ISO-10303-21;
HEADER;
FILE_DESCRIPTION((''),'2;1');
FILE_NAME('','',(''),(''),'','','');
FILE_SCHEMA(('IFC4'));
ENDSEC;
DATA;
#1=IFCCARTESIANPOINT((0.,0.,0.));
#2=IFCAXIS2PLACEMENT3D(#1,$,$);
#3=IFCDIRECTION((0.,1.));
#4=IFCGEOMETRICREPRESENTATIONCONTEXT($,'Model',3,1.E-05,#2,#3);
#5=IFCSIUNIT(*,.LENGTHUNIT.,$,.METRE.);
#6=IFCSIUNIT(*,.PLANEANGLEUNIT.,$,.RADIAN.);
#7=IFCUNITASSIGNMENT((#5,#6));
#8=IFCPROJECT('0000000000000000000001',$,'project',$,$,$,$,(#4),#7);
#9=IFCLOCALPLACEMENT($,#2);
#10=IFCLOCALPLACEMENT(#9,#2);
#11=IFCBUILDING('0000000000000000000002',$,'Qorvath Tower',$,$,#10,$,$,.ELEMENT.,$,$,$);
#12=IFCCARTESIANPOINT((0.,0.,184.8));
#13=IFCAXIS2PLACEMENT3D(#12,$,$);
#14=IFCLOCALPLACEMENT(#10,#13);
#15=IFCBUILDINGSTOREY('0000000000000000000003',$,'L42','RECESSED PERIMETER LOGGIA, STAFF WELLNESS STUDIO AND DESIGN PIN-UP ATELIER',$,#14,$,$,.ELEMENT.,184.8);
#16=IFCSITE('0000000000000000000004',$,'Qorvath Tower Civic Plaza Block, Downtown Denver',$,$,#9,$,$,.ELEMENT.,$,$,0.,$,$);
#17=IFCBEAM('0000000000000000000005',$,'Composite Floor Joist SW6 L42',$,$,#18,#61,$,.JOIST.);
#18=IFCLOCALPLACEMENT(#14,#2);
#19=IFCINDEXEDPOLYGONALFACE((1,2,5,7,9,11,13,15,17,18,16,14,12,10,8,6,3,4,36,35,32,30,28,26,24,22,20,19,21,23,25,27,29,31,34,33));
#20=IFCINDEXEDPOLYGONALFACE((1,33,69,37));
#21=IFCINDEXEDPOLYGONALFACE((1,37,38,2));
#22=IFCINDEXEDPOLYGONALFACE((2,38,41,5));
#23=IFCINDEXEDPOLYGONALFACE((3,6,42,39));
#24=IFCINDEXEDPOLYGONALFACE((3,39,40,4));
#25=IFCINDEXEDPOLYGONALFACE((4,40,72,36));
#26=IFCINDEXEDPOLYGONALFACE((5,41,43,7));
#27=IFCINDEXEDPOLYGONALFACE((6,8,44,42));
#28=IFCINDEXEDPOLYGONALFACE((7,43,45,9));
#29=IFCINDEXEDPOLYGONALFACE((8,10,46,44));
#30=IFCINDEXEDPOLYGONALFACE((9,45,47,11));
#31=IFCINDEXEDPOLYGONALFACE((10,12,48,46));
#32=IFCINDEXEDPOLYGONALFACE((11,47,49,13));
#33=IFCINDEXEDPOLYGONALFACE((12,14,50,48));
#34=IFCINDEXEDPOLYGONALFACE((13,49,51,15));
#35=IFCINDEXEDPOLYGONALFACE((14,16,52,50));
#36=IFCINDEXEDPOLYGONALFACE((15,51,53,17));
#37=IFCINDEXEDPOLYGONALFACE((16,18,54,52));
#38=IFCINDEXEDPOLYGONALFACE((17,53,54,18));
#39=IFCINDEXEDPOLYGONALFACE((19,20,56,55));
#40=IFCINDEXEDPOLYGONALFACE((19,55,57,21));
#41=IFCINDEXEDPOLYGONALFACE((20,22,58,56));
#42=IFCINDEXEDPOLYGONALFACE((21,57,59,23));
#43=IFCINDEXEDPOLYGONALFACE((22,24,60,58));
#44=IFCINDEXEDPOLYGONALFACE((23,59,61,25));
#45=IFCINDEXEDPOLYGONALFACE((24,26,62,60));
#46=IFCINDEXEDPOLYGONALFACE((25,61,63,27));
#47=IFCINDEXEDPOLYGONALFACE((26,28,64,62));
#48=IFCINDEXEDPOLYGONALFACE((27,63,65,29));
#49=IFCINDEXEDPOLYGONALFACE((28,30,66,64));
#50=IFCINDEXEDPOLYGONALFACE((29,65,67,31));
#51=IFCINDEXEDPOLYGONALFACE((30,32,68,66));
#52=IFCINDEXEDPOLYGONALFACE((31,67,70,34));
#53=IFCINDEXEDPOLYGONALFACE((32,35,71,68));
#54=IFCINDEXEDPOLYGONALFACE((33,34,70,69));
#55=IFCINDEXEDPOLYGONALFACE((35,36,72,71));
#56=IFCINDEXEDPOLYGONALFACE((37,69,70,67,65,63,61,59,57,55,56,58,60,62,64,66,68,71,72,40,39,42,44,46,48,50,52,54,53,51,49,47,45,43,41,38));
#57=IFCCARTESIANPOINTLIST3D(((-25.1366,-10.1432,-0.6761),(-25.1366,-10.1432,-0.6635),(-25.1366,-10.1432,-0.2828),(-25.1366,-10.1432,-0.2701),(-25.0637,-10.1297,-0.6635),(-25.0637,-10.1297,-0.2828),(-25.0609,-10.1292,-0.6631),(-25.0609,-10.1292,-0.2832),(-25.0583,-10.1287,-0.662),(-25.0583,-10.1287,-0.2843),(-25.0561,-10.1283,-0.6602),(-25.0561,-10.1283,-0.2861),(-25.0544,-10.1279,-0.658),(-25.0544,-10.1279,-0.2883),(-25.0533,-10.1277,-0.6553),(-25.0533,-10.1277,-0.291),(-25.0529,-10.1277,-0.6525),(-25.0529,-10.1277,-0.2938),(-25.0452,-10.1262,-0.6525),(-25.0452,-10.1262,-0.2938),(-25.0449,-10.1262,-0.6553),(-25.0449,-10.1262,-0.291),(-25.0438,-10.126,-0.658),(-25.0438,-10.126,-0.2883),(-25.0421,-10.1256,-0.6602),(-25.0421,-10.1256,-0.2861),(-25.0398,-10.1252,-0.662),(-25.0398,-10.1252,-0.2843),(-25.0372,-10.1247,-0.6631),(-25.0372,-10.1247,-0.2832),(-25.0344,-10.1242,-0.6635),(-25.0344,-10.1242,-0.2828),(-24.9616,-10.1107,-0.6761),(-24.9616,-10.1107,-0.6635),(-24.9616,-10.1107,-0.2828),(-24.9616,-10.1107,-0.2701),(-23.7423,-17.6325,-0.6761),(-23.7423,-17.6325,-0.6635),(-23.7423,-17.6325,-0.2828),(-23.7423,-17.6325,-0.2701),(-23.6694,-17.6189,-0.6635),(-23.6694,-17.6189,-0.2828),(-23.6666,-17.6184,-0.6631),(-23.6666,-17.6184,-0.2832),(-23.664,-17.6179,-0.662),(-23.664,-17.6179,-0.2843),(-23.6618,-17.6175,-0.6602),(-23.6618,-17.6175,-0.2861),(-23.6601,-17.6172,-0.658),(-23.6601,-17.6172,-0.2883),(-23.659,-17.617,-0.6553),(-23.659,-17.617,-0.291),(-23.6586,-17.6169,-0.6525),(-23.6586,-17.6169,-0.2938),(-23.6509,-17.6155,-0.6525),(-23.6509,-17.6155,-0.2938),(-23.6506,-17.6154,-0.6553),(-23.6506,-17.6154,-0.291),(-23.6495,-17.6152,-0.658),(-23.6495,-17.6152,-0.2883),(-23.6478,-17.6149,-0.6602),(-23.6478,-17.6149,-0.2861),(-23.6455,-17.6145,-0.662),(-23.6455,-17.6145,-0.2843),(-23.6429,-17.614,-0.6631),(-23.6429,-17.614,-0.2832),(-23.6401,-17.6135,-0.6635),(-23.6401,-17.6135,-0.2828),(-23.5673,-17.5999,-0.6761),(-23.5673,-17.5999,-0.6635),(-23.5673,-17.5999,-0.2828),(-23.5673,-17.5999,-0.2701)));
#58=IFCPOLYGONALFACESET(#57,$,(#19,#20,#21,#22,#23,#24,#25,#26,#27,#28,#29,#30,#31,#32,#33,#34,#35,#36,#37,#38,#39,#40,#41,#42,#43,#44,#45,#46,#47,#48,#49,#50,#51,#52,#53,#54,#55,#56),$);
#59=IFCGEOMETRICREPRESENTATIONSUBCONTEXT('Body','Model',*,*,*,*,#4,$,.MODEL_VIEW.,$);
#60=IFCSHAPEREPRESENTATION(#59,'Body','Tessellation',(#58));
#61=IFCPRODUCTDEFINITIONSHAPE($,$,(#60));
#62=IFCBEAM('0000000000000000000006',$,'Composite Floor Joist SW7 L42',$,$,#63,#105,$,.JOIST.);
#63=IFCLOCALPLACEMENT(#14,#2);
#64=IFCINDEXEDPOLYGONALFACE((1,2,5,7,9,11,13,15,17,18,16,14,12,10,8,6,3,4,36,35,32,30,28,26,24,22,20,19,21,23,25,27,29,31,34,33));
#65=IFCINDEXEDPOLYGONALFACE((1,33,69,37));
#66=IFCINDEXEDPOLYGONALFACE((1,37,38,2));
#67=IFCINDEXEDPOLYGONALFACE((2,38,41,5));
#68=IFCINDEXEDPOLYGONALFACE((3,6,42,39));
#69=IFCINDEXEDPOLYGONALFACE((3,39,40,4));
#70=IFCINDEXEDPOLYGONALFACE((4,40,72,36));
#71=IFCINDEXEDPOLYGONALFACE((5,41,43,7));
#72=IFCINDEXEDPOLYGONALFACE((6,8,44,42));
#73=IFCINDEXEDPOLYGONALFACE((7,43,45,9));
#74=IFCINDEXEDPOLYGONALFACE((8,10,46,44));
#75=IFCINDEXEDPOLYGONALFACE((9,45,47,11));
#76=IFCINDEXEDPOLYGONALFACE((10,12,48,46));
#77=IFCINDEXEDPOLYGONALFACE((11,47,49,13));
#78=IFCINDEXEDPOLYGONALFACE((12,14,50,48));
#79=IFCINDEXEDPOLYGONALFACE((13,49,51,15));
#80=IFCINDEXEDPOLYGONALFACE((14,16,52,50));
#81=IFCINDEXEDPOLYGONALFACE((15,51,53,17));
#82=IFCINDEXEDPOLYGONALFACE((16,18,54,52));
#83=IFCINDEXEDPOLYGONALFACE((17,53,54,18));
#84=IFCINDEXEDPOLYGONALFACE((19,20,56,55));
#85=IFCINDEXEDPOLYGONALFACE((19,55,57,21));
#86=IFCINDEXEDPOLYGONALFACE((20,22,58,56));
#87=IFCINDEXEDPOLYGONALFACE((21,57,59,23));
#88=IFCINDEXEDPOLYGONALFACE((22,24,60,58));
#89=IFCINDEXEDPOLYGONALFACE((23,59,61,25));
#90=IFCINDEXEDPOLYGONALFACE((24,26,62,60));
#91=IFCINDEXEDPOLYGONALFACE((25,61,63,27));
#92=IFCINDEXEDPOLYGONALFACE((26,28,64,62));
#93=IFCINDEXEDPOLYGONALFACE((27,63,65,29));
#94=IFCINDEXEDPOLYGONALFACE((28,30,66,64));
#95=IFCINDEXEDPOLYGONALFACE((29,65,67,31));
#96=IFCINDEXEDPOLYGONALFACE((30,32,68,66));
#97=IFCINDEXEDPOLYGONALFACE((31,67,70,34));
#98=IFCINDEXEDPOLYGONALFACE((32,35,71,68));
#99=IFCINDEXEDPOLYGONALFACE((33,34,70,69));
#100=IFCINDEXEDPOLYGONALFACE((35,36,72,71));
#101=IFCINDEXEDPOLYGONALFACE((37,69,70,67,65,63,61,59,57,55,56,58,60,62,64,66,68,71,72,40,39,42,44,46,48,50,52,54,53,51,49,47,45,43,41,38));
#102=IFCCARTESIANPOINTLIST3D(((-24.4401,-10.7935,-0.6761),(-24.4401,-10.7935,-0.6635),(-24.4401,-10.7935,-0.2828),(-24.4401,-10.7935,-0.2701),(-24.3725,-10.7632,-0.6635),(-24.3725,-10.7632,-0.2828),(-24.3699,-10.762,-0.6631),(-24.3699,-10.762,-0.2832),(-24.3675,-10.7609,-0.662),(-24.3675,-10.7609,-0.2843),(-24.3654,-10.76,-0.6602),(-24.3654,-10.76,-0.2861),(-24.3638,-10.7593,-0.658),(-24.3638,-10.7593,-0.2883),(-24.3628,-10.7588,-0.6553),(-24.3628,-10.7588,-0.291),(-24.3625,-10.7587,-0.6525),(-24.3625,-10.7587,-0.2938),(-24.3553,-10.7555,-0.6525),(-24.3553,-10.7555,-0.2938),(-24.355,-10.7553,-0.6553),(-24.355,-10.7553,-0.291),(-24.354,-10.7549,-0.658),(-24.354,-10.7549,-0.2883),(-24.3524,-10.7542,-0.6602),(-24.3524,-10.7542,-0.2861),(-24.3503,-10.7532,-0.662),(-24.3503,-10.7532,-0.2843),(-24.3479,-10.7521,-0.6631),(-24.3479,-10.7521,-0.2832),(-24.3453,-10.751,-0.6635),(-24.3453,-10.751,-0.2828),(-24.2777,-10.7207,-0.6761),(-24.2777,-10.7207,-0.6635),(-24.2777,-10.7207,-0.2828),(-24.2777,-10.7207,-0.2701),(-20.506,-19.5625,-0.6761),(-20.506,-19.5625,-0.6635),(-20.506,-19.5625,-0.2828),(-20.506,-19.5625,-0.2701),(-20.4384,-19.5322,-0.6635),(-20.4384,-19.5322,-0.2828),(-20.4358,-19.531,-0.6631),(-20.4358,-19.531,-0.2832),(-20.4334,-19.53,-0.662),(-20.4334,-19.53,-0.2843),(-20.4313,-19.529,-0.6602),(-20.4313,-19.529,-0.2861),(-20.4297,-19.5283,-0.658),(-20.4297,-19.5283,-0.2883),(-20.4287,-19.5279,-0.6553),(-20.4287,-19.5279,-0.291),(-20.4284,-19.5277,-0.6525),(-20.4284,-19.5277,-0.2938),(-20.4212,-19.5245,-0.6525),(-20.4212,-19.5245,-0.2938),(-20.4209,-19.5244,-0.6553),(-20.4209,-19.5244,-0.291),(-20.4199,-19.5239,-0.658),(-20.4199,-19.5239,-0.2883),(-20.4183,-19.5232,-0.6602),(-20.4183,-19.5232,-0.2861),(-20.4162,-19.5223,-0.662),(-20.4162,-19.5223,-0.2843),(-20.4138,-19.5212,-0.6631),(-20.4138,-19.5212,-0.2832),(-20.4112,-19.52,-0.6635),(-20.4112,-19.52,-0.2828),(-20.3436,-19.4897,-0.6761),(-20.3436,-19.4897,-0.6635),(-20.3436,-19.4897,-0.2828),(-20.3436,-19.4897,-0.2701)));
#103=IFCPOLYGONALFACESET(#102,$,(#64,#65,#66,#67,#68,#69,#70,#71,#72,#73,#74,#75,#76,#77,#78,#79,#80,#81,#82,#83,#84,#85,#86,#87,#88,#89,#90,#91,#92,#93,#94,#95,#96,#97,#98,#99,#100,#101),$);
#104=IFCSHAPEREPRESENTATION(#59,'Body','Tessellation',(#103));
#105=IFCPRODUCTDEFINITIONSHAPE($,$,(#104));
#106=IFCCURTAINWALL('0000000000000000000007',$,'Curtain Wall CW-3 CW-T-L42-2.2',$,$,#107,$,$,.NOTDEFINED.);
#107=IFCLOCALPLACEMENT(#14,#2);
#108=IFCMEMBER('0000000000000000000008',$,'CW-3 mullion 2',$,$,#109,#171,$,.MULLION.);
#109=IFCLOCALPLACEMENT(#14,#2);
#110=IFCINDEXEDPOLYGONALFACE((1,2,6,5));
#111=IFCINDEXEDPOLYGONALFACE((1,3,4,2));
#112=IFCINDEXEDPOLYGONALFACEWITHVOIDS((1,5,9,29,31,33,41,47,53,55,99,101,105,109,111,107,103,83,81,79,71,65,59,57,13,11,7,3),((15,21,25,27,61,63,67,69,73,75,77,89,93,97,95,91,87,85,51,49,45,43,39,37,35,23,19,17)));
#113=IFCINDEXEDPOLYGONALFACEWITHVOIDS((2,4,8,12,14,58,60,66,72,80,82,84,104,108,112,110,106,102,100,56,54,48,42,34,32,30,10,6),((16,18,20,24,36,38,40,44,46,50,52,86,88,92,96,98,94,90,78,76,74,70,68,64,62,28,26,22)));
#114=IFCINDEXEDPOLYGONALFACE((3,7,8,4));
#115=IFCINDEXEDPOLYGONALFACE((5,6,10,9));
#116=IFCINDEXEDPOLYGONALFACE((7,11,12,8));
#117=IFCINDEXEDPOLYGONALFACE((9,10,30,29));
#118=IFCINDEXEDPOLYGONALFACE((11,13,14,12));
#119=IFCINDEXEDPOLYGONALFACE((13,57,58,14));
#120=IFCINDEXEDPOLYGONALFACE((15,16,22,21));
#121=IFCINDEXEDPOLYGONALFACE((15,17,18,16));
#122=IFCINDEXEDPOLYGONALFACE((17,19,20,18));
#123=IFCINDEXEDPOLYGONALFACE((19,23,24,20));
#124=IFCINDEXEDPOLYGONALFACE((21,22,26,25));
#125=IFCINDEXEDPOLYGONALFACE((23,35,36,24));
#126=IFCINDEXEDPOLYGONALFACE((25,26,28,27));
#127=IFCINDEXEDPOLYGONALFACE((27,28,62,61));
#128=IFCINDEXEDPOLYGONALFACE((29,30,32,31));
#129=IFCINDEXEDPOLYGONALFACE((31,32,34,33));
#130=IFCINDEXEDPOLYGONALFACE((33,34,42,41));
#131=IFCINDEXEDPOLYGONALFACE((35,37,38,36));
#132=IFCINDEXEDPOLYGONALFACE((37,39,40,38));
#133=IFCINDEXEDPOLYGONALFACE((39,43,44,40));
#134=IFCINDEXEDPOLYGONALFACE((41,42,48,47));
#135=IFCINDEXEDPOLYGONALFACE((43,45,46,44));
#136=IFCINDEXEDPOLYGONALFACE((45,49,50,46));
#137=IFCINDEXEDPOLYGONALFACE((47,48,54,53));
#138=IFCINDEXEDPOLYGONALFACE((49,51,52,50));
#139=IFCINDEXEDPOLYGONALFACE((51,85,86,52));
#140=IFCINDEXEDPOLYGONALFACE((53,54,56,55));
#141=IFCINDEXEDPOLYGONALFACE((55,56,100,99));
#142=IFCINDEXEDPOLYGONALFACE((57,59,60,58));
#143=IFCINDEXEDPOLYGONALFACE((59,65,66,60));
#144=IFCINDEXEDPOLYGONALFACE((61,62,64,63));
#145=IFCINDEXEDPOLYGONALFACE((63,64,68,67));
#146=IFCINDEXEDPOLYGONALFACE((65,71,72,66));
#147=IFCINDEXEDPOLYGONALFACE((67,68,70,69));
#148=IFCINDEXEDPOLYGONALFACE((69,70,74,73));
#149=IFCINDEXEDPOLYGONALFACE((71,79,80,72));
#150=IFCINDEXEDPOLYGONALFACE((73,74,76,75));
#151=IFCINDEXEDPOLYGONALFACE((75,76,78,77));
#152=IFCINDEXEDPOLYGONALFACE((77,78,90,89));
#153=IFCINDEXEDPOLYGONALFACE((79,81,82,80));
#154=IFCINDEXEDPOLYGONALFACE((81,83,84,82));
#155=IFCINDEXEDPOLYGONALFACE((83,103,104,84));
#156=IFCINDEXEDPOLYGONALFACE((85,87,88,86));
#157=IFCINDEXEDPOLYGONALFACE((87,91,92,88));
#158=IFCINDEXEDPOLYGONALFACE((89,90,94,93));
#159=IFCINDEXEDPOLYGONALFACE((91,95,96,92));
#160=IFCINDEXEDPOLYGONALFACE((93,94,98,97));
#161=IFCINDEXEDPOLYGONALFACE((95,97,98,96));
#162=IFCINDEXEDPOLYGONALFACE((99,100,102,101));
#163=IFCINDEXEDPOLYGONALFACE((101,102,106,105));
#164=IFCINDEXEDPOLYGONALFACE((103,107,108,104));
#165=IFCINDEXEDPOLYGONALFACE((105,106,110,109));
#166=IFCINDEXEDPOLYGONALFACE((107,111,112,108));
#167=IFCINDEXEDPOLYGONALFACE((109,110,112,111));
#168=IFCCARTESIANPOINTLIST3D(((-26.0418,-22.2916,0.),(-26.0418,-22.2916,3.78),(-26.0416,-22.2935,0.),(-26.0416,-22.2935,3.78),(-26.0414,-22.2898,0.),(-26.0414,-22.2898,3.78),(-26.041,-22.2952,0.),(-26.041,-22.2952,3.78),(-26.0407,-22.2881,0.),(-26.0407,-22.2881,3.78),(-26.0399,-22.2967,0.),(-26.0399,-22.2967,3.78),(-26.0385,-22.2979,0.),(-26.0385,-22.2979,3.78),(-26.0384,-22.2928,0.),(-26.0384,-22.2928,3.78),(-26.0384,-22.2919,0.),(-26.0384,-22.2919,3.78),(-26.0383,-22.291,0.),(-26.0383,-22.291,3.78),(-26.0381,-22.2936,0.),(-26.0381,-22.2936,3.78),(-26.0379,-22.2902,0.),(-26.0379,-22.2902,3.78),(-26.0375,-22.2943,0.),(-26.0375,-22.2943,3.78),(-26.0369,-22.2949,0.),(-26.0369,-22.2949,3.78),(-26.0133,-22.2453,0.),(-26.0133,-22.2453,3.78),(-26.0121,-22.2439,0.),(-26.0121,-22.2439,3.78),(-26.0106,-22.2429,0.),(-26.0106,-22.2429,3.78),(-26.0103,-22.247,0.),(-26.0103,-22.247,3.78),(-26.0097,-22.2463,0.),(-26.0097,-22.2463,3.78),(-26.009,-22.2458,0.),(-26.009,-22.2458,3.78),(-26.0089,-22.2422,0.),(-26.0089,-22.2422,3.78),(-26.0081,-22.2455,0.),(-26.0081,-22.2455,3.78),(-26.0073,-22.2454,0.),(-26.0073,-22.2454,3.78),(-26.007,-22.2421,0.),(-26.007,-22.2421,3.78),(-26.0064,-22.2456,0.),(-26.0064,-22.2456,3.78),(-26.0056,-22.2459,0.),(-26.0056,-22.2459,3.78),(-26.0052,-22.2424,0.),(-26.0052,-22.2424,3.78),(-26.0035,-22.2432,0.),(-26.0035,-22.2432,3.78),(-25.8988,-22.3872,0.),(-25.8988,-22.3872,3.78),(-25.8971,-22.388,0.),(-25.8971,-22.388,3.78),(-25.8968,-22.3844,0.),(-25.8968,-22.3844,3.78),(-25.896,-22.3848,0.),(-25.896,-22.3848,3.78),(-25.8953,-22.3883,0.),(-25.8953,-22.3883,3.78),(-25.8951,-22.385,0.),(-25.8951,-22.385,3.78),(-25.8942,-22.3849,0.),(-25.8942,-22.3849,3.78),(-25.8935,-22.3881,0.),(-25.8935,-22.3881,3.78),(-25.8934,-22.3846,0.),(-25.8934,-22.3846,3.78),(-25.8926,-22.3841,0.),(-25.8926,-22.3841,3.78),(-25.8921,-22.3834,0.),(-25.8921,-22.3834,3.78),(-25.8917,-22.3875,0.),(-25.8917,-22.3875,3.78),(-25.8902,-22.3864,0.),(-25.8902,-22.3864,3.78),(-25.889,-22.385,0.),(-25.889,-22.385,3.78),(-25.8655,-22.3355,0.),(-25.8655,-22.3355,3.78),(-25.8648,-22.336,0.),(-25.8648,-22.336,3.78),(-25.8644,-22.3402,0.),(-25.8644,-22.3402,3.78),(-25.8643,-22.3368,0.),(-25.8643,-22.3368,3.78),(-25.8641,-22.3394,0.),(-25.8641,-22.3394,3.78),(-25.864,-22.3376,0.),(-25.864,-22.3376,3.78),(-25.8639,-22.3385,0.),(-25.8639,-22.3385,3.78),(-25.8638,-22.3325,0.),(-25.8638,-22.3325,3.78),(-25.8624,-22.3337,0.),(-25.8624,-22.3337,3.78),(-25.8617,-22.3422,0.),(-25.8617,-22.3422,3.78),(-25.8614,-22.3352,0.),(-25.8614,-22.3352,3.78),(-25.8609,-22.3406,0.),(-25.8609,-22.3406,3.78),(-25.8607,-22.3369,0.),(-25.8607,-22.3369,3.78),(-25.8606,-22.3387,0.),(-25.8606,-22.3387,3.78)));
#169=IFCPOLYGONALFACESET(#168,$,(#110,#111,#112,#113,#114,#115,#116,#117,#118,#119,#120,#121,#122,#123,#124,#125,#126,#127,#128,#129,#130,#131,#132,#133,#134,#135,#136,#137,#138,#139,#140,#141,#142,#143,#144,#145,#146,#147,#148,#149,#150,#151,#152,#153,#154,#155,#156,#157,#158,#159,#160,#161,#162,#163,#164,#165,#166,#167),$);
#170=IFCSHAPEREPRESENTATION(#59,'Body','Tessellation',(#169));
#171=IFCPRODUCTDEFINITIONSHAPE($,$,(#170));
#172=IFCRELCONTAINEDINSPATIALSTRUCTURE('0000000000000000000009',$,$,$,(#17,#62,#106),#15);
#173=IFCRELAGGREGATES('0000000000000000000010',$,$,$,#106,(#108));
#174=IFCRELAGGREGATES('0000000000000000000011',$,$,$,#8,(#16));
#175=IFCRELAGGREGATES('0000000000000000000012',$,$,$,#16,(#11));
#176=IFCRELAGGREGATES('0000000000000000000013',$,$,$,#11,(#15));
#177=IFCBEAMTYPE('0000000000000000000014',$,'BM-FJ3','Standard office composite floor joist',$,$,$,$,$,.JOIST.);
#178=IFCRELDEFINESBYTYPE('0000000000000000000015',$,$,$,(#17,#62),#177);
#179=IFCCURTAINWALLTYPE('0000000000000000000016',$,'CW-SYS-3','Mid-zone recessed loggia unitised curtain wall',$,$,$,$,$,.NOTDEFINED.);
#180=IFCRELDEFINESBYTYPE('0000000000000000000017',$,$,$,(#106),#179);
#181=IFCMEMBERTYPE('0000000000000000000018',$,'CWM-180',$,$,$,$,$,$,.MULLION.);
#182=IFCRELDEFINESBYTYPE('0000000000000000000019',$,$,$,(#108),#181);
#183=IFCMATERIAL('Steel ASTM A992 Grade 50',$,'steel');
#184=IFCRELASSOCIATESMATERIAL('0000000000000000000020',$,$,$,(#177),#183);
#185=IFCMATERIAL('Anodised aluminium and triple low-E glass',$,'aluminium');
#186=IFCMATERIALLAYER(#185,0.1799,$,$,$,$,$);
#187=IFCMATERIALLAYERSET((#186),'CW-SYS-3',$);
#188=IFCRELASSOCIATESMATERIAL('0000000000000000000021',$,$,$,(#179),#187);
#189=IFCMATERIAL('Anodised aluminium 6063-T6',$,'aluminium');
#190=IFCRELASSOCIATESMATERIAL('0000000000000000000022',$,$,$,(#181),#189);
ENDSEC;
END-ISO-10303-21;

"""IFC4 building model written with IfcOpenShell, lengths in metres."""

from ifc_helpers import new_model, si_unit, direction, frame, origin, origin_2d, place, context, subcontext, project, spatial, hollow_rectangle, i_section, extrude, material, layer, layer_set, material_profile, profile_set, type_object, element, aggregate, save


model = new_model("IFC4")

# Units and contexts
model_context = context("Model", 3, precision=1e-05, world=origin(), true_north=direction((0.0, 1.0)))
body_context = subcontext(model_context, "Body", "Model", "MODEL_VIEW")
ifc_project = project(units=[si_unit("LENGTHUNIT", "METRE"), si_unit("PLANEANGLEUNIT", "RADIAN")], contexts=[model_context])

# Site, building, storey
site_placement = place(None, origin())
site = spatial("IfcSite", under=ifc_project, at=site_placement, Name="Qorvath Tower Civic Plaza Block, Downtown Denver", CompositionType="ELEMENT", RefElevation=0.0)
building_placement = place(site_placement, origin())
building = spatial("IfcBuilding", under=site, at=building_placement, Name="Qorvath Tower", CompositionType="ELEMENT")
storey_placement = place(building_placement, frame((0.0, 0.0, 184.8)))
storey = spatial("IfcBuildingStorey", under=building, at=storey_placement, Name="L42", Description="RECESSED PERIMETER LOGGIA, STAFF WELLNESS STUDIO AND DESIGN PIN-UP ATELIER", CompositionType="ELEMENT", Elevation=184.8)

# Beams
ifc_material_1 = material(Name="Steel ASTM A992 Grade 50", Category="steel")
ifc_material_profile_1 = material_profile(ifc_material_1, i_section(OverallWidth=0.178, OverallDepth=0.406, WebThickness=0.0078, FlangeThickness=0.0127, FilletRadius=0.011, at=origin_2d()), Name="W16x40")
ifc_profile_set_1 = profile_set([ifc_material_profile_1], Name="Steel ASTM A992 Grade 50")
beam_type_1 = type_object("IfcBeamType", Name="BM-FJ3", Description="Standard office composite floor joist", PredefinedType="JOIST", material=ifc_profile_set_1)
beam_1_placement = place(storey_placement, frame((-25.0491, -10.127, -0.4731), z_axis=(0.183027, -0.983108, 0.0), x_axis=(0.983108, 0.183027, 0.0)))
element("IfcBeam", 1, at=beam_1_placement, inside=storey, type_object=beam_type_1, Name="Composite Floor Joist SW6 L42", PredefinedType="JOIST", context=body_context, shape_type="SweptSolid", body=[
    extrude(i_section(OverallWidth=0.178, OverallDepth=0.406, WebThickness=0.0078, FlangeThickness=0.0127, FilletRadius=0.011, at=origin_2d()), origin(), (0.0, 0.0, 1.0), 7.6179),
])
beam_2_placement = place(storey_placement, frame((-24.3589, -10.7571, -0.4731), z_axis=(0.409327, -0.912388, 0.0), x_axis=(0.912388, 0.409327, 0.0)))
element("IfcBeam", 2, at=beam_2_placement, inside=storey, type_object=beam_type_1, Name="Composite Floor Joist SW7 L42", PredefinedType="JOIST", context=body_context, shape_type="SweptSolid", body=[
    extrude(i_section(OverallWidth=0.178, OverallDepth=0.406, WebThickness=0.0078, FlangeThickness=0.0127, FilletRadius=0.011, at=origin_2d()), origin(), (0.0, 0.0, 1.0), 9.6111),
])

# Curtain wall, member
ifc_material_2 = material(Name="Anodised aluminium and triple low-E glass", Category="aluminium")
ifc_layer_1 = layer(ifc_material_2, 0.1799)
ifc_layer_set_1 = layer_set([ifc_layer_1], Name="CW-SYS-3")
curtain_wall_type = type_object("IfcCurtainWallType", Name="CW-SYS-3", Description="Mid-zone recessed loggia unitised curtain wall", PredefinedType="NOTDEFINED", material=ifc_layer_set_1)
curtain_wall_placement = place(storey_placement, origin())
curtain_wall = element("IfcCurtainWall", 3, at=curtain_wall_placement, inside=storey, type_object=curtain_wall_type, Name="Curtain Wall CW-3 CW-T-L42-2.2", PredefinedType="NOTDEFINED")
ifc_material_3 = material(Name="Anodised aluminium 6063-T6", Category="aluminium")
ifc_material_profile_2 = material_profile(ifc_material_3, hollow_rectangle(XDim=0.0649, YDim=0.1799, WallThickness=0.0034, InnerFilletRadius=0.0034, OuterFilletRadius=0.0071, at=origin_2d()), Name="CWM 180x65")
ifc_profile_set_2 = profile_set([ifc_material_profile_2], Name="Anodised aluminium 6063-T6")
member_type_1 = type_object("IfcMemberType", Name="CWM-180", PredefinedType="MULLION", material=ifc_profile_set_2)
member_1_placement = place(storey_placement, frame((-25.9512, -22.3152, 0.0), z_axis=(0.0, 0.0, 1.0), x_axis=(0.538531, 0.842606, 0.0)))
member_1 = element("IfcMember", 4, at=member_1_placement, type_object=member_type_1, Name="CW-3 mullion 2", PredefinedType="MULLION", context=body_context, shape_type="SweptSolid", body=[
    extrude(hollow_rectangle(XDim=0.0649, YDim=0.1799, WallThickness=0.0034, InnerFilletRadius=0.0034, OuterFilletRadius=0.0071, at=origin_2d()), origin(), (0.0, 0.0, 1.0), 3.78),
])
aggregate(curtain_wall, [member_1])

save(model, "model.ifc")
